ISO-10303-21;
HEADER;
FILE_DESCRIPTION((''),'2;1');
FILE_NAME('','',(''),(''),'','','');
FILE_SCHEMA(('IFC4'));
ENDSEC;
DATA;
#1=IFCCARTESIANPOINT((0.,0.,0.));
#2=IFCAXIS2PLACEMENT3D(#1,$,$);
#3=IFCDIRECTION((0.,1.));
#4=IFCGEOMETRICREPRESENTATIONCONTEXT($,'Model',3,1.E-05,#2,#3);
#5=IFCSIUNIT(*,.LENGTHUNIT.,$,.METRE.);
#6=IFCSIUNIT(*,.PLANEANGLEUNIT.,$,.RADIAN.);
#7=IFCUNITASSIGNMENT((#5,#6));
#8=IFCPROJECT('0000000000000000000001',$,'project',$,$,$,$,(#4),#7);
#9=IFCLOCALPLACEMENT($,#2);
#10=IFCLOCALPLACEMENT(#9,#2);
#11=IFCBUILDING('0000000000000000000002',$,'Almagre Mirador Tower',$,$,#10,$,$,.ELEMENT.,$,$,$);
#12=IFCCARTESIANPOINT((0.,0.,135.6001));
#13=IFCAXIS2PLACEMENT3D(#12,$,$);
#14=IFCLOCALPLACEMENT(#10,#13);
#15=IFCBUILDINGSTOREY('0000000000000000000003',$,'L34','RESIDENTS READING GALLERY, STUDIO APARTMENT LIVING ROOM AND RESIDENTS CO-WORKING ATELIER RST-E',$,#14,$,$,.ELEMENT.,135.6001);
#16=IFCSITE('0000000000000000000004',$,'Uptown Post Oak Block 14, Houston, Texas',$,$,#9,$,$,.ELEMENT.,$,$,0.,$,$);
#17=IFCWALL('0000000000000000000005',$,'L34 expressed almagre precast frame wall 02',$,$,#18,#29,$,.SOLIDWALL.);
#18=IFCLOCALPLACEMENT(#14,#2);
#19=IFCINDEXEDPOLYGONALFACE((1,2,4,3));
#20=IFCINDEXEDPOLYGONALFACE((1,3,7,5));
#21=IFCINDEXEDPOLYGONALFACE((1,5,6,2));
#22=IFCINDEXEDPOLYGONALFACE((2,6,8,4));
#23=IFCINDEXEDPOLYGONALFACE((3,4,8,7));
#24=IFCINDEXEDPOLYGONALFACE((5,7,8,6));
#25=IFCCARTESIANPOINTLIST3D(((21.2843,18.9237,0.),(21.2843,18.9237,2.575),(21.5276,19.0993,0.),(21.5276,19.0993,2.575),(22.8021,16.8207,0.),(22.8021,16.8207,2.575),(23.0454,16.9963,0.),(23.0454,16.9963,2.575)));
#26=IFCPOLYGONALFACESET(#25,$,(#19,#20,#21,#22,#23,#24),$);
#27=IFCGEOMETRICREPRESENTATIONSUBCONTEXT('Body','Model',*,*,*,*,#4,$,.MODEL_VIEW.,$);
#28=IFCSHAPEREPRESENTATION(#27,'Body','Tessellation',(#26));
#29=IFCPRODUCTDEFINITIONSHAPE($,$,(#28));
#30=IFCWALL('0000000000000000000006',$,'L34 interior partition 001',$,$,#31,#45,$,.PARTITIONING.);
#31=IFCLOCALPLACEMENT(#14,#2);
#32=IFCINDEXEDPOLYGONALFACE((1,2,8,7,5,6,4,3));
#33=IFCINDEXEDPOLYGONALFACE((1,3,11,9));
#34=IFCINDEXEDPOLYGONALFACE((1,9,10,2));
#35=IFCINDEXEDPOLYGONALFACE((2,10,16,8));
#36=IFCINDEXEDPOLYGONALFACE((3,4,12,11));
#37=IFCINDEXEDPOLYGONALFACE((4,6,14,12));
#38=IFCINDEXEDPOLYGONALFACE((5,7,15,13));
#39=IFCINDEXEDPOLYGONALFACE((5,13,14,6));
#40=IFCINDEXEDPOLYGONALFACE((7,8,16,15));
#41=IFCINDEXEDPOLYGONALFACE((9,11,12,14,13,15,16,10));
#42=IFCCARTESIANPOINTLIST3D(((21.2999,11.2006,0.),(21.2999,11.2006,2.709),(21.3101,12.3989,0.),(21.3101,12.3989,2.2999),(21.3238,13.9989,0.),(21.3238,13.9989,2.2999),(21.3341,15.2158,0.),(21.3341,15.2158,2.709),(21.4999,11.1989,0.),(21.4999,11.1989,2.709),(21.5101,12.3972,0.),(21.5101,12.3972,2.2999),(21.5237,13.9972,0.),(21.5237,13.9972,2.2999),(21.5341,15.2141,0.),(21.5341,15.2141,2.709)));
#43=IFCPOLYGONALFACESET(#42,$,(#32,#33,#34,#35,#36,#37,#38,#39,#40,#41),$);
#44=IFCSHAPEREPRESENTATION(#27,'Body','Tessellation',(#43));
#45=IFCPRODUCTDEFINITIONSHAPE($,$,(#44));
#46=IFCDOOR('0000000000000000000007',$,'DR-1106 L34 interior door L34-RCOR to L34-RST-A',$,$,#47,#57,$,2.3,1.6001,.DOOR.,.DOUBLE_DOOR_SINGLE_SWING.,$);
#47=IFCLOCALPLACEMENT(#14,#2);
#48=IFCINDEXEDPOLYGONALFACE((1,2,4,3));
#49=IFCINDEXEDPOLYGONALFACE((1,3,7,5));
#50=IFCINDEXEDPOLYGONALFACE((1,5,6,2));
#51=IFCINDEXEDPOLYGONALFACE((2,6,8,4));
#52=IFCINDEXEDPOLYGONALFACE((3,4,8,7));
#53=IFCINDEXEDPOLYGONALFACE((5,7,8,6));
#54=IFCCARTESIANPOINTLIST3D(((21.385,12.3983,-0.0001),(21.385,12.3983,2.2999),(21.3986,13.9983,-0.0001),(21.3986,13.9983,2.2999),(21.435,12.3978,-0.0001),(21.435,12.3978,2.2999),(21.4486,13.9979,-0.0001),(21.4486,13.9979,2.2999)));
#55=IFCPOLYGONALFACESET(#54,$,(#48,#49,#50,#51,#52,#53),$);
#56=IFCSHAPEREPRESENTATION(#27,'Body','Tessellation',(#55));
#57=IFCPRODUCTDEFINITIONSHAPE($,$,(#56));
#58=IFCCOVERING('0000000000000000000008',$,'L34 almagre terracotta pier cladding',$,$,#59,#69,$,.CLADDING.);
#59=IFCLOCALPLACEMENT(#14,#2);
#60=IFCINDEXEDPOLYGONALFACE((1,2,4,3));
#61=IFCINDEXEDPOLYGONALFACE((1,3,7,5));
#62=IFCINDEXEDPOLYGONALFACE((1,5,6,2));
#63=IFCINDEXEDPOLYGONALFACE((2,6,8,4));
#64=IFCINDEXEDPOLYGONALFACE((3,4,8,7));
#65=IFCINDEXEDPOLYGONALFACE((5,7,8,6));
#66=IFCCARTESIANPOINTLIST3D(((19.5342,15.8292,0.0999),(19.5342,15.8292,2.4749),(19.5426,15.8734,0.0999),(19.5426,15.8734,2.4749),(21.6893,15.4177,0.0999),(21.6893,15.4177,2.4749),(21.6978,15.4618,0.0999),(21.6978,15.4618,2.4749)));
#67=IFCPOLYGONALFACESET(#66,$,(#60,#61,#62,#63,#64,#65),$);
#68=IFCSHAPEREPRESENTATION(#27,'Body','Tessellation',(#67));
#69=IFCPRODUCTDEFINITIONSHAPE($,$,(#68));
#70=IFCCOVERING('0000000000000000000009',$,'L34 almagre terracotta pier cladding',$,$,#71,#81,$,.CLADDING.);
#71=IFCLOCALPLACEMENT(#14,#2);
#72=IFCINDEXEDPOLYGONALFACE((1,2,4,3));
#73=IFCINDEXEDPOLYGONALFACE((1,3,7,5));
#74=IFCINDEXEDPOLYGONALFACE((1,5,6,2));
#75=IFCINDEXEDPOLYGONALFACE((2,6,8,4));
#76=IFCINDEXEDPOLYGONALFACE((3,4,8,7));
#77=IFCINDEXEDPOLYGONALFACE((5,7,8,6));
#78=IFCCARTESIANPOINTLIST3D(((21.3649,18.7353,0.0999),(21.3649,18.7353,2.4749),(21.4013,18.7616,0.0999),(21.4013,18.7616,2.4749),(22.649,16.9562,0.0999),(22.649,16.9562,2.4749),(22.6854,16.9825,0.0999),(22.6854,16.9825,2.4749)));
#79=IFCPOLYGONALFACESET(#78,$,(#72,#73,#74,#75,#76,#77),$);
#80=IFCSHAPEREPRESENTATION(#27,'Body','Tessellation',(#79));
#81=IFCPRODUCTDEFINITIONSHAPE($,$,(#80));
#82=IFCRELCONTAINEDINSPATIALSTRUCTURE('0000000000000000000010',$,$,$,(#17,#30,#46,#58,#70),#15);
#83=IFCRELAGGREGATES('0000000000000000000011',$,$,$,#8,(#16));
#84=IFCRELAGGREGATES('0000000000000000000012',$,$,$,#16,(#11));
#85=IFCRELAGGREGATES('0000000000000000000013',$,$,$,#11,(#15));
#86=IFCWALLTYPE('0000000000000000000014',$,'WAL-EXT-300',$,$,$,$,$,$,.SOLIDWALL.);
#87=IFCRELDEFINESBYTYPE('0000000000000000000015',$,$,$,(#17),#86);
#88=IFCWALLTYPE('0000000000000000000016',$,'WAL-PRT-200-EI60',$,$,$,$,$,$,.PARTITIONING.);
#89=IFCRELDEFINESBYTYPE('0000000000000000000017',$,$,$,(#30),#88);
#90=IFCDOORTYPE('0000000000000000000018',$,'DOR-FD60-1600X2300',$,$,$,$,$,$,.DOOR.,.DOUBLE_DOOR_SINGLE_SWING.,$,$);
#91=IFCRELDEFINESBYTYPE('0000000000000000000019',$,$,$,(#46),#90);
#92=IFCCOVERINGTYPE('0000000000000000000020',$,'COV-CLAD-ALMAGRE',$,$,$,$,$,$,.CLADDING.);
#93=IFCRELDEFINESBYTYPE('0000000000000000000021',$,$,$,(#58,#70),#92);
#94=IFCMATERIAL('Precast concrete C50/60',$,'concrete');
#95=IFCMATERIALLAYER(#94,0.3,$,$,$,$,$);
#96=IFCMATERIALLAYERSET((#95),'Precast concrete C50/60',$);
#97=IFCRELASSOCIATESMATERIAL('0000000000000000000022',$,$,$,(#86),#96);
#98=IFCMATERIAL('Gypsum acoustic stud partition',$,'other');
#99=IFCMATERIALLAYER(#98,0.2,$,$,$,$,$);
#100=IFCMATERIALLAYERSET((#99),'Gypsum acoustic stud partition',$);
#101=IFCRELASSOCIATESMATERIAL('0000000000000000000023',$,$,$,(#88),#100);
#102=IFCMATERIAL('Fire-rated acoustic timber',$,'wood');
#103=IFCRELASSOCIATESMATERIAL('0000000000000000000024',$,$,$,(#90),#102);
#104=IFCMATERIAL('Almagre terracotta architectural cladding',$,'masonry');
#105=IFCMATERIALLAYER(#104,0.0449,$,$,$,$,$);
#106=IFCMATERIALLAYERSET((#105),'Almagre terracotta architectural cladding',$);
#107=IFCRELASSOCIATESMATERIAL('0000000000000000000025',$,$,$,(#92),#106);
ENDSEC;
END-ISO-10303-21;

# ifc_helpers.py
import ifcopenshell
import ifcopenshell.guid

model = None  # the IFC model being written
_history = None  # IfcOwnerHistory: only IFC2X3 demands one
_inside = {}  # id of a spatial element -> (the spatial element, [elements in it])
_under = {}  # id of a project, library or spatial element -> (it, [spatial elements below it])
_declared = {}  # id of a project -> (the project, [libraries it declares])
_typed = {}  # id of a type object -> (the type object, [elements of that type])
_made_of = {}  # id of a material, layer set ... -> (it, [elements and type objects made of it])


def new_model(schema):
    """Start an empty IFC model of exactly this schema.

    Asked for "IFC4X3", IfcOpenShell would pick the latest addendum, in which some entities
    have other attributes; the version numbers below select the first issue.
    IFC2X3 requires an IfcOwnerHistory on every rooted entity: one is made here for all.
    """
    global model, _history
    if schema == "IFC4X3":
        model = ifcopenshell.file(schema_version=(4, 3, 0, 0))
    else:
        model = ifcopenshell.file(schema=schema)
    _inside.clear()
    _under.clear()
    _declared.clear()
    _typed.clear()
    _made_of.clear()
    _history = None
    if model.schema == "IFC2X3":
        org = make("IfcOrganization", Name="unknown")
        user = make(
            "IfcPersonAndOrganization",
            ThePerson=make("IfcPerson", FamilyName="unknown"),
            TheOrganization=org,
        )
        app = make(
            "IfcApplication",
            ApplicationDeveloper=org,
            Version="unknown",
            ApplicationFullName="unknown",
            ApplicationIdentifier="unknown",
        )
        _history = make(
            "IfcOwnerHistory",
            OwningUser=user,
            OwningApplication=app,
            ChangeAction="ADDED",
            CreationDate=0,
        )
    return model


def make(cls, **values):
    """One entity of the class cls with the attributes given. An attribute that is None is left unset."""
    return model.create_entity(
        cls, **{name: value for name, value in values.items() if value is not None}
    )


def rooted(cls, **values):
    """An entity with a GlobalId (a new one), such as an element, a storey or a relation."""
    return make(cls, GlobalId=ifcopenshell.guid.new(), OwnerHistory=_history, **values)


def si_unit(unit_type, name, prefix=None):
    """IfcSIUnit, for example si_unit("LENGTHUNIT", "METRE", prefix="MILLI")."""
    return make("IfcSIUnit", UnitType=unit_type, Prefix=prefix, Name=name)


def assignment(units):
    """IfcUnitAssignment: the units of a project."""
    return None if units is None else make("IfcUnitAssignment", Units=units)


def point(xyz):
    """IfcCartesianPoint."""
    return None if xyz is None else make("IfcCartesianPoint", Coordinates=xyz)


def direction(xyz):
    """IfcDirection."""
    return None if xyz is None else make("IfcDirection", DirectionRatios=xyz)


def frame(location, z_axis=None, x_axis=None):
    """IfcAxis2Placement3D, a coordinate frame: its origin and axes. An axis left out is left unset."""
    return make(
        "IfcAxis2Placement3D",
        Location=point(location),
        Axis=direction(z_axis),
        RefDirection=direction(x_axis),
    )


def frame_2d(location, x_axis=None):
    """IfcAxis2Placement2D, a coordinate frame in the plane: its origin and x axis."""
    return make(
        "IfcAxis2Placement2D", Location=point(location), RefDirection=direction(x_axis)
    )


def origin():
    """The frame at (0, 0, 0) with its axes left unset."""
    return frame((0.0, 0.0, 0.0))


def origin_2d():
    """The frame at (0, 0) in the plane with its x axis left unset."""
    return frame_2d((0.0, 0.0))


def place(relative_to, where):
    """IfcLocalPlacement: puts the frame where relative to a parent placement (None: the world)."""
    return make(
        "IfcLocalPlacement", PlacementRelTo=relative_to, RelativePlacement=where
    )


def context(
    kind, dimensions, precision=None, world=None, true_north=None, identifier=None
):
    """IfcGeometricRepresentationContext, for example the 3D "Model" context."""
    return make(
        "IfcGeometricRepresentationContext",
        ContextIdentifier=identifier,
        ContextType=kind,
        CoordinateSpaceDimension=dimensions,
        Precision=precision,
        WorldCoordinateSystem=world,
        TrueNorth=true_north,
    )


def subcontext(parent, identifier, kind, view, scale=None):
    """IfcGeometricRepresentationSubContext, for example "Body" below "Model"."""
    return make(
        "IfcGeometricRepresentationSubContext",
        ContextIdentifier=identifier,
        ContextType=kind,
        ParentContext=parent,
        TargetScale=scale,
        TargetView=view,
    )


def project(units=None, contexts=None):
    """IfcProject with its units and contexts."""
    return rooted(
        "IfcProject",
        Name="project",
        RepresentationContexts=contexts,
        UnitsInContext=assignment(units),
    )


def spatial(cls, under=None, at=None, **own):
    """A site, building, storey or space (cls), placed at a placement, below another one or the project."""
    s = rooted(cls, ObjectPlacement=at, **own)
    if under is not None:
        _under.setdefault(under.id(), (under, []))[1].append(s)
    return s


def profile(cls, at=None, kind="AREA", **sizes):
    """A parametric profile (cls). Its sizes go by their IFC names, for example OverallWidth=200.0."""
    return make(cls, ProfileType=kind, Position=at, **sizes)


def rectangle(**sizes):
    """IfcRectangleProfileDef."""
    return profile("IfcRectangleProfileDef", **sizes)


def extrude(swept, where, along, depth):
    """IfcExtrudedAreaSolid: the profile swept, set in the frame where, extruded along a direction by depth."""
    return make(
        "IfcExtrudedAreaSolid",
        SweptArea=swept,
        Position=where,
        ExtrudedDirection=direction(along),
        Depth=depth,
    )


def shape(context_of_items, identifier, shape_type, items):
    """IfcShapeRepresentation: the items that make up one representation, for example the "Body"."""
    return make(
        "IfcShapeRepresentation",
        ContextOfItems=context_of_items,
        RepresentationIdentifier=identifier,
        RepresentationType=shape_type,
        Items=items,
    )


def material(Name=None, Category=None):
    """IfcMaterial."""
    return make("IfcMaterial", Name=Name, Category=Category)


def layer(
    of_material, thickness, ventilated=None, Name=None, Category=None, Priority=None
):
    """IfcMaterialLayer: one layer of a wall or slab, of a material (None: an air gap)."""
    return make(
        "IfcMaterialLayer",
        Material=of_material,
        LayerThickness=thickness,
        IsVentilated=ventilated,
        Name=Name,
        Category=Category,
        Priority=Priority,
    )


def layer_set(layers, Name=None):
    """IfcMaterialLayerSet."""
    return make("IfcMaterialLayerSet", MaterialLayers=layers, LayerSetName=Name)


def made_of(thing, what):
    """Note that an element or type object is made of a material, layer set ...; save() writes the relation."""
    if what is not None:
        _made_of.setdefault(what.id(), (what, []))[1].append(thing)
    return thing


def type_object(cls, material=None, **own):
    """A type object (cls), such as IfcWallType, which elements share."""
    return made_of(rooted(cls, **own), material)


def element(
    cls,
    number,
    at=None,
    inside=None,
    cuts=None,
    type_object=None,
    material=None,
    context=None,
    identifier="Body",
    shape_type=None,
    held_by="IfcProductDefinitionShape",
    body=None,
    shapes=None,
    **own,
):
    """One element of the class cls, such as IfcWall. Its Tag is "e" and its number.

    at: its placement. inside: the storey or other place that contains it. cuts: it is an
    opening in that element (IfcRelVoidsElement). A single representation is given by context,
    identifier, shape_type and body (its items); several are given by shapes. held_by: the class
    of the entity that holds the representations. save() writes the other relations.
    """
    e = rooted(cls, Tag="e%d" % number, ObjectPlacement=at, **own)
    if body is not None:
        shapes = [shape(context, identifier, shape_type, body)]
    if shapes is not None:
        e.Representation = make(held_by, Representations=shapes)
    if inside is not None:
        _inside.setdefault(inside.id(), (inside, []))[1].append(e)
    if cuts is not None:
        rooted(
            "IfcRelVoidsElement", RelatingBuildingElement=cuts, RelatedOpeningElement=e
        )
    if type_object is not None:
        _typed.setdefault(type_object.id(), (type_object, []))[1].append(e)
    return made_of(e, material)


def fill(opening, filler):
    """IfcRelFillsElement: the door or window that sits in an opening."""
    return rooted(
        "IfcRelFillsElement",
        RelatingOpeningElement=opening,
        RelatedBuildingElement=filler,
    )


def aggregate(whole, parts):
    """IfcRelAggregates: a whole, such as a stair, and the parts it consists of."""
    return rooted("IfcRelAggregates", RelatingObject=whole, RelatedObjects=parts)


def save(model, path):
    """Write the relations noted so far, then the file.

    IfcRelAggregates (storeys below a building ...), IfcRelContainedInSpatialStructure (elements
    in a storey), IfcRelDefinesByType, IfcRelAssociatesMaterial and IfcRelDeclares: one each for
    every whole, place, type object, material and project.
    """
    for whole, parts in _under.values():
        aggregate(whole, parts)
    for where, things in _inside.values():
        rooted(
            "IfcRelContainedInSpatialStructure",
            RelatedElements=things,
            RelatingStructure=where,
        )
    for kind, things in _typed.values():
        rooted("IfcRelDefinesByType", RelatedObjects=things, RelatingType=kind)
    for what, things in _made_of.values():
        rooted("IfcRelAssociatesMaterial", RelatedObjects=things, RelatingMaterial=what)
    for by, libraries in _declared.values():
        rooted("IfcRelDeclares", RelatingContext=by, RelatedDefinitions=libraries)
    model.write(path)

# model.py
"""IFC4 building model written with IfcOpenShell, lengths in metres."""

from ifc_helpers import new_model, si_unit, direction, frame, frame_2d, origin, origin_2d, place, context, subcontext, project, spatial, rectangle, extrude, material, layer, layer_set, type_object, element, fill, save


model = new_model("IFC4")

# Units and contexts
model_context = context("Model", 3, precision=1e-05, world=origin(), true_north=direction((0.0, 1.0)))
body_context = subcontext(model_context, "Body", "Model", "MODEL_VIEW")
ifc_project = project(units=[si_unit("LENGTHUNIT", "METRE"), si_unit("PLANEANGLEUNIT", "RADIAN")], contexts=[model_context])

# Site, building, storey
site_placement = place(None, origin())
site = spatial("IfcSite", under=ifc_project, at=site_placement, Name="Uptown Post Oak Block 14, Houston, Texas", CompositionType="ELEMENT", RefElevation=0.0)
building_placement = place(site_placement, origin())
building = spatial("IfcBuilding", under=site, at=building_placement, Name="Almagre Mirador Tower", CompositionType="ELEMENT")
storey_placement = place(building_placement, frame((0.0, 0.0, 135.6001)))
storey = spatial("IfcBuildingStorey", under=building, at=storey_placement, Name="L34", Description="RESIDENTS READING GALLERY, STUDIO APARTMENT LIVING ROOM AND RESIDENTS CO-WORKING ATELIER RST-E", CompositionType="ELEMENT", Elevation=135.6001)

# Wall
ifc_material_1 = material(Name="Precast concrete C50/60", Category="concrete")
ifc_layer_1 = layer(ifc_material_1, 0.3)
ifc_layer_set_1 = layer_set([ifc_layer_1], Name="Precast concrete C50/60")
wall_type_1 = type_object("IfcWallType", Name="WAL-EXT-300", PredefinedType="SOLIDWALL", material=ifc_layer_set_1)
wall_1_placement = place(storey_placement, frame((22.9238, 16.9084, 0.0), z_axis=(0.0, 0.0, 1.0), x_axis=(-0.585229, 0.810868, 0.0)))
element("IfcWall", 1, at=wall_1_placement, inside=storey, type_object=wall_type_1, Name="L34 expressed almagre precast frame wall 02", PredefinedType="SOLIDWALL", context=body_context, shape_type="SweptSolid", body=[
    extrude(rectangle(XDim=2.5935, YDim=0.3, at=frame_2d((1.2969, 0.0))), origin(), (0.0, 0.0, 1.0), 2.575),
])

# Wall, opening, door
ifc_material_2 = material(Name="Gypsum acoustic stud partition", Category="other")
ifc_layer_2 = layer(ifc_material_2, 0.2)
ifc_layer_set_2 = layer_set([ifc_layer_2], Name="Gypsum acoustic stud partition")
wall_type_2 = type_object("IfcWallType", Name="WAL-PRT-200-EI60", PredefinedType="PARTITIONING", material=ifc_layer_set_2)
wall_2_placement = place(storey_placement, frame((21.4341, 15.2151, 0.0), z_axis=(0.0, 0.0, 1.0), x_axis=(-0.008512, -0.999964, 0.0)))
wall_2 = element("IfcWall", 2, at=wall_2_placement, inside=storey, type_object=wall_type_2, Name="L34 interior partition 001", PredefinedType="PARTITIONING", context=body_context, shape_type="SweptSolid", body=[
    extrude(rectangle(XDim=4.0154, YDim=0.2, at=frame_2d((2.0078, 0.0))), origin(), (0.0, 0.0, 1.0), 2.709),
])
opening_placement = place(wall_2_placement, frame((1.217, 0.0, 0.0)))
opening = element("IfcOpeningElement", 3, at=opening_placement, cuts=wall_2, PredefinedType="OPENING", context=body_context, shape_type="SweptSolid", body=[
    extrude(rectangle(XDim=1.6001, YDim=2.3, at=frame_2d((0.8, 1.1499))), frame((0.0, 0.1101, 0.0), z_axis=(0.0, -1.0, 0.0), x_axis=(1.0, 0.0, 0.0)), (0.0, 0.0, 1.0), 0.22),
])
ifc_material_3 = material(Name="Fire-rated acoustic timber", Category="wood")
door_type = type_object("IfcDoorType", Name="DOR-FD60-1600X2300", OperationType="DOUBLE_DOOR_SINGLE_SWING", PredefinedType="DOOR", material=ifc_material_3)
door_placement = place(opening_placement, origin())
door = element("IfcDoor", 4, at=door_placement, inside=storey, type_object=door_type, Name="DR-1106 L34 interior door L34-RCOR to L34-RST-A", OperationType="DOUBLE_DOOR_SINGLE_SWING", OverallHeight=2.3, OverallWidth=1.6001, PredefinedType="DOOR", context=body_context, shape_type="SweptSolid", body=[
    extrude(rectangle(XDim=1.6001, YDim=2.3, at=frame_2d((0.8, 1.1499))), frame((0.0, 0.0249, 0.0), z_axis=(0.0, -1.0, 0.0), x_axis=(1.0, 0.0, 0.0)), (0.0, 0.0, 1.0), 0.05),
])
fill(opening, door)

# Coverings
ifc_material_4 = material(Name="Almagre terracotta architectural cladding", Category="masonry")
ifc_layer_3 = layer(ifc_material_4, 0.0449)
ifc_layer_set_3 = layer_set([ifc_layer_3], Name="Almagre terracotta architectural cladding")
covering_type = type_object("IfcCoveringType", Name="COV-CLAD-ALMAGRE", PredefinedType="CLADDING", material=ifc_layer_set_3)
for number, where, z_axis, x_axis, name in (
    (5, (20.616, 15.6455, 0.0999), (0.0, 0.0, 1.0), (0.982248, -0.187587, 0.0), "L34 almagre terracotta pier cladding"),
    (6, (22.0251, 17.8589, 0.0999), (0.0, 0.0, 1.0), (-0.585227, 0.81087, 0.0), "L34 almagre terracotta pier cladding"),
):
    element("IfcCovering", number, at=place(storey_placement, frame(where, z_axis=z_axis, x_axis=x_axis)), inside=storey, type_object=covering_type, Name=name, PredefinedType="CLADDING", context=body_context, shape_type="SweptSolid", body=[
        extrude(rectangle(XDim=2.1941, YDim=0.0449, at=origin_2d()), origin(), (0.0, 0.0, 1.0), 2.375),
    ])

save(model, "model.ifc")
